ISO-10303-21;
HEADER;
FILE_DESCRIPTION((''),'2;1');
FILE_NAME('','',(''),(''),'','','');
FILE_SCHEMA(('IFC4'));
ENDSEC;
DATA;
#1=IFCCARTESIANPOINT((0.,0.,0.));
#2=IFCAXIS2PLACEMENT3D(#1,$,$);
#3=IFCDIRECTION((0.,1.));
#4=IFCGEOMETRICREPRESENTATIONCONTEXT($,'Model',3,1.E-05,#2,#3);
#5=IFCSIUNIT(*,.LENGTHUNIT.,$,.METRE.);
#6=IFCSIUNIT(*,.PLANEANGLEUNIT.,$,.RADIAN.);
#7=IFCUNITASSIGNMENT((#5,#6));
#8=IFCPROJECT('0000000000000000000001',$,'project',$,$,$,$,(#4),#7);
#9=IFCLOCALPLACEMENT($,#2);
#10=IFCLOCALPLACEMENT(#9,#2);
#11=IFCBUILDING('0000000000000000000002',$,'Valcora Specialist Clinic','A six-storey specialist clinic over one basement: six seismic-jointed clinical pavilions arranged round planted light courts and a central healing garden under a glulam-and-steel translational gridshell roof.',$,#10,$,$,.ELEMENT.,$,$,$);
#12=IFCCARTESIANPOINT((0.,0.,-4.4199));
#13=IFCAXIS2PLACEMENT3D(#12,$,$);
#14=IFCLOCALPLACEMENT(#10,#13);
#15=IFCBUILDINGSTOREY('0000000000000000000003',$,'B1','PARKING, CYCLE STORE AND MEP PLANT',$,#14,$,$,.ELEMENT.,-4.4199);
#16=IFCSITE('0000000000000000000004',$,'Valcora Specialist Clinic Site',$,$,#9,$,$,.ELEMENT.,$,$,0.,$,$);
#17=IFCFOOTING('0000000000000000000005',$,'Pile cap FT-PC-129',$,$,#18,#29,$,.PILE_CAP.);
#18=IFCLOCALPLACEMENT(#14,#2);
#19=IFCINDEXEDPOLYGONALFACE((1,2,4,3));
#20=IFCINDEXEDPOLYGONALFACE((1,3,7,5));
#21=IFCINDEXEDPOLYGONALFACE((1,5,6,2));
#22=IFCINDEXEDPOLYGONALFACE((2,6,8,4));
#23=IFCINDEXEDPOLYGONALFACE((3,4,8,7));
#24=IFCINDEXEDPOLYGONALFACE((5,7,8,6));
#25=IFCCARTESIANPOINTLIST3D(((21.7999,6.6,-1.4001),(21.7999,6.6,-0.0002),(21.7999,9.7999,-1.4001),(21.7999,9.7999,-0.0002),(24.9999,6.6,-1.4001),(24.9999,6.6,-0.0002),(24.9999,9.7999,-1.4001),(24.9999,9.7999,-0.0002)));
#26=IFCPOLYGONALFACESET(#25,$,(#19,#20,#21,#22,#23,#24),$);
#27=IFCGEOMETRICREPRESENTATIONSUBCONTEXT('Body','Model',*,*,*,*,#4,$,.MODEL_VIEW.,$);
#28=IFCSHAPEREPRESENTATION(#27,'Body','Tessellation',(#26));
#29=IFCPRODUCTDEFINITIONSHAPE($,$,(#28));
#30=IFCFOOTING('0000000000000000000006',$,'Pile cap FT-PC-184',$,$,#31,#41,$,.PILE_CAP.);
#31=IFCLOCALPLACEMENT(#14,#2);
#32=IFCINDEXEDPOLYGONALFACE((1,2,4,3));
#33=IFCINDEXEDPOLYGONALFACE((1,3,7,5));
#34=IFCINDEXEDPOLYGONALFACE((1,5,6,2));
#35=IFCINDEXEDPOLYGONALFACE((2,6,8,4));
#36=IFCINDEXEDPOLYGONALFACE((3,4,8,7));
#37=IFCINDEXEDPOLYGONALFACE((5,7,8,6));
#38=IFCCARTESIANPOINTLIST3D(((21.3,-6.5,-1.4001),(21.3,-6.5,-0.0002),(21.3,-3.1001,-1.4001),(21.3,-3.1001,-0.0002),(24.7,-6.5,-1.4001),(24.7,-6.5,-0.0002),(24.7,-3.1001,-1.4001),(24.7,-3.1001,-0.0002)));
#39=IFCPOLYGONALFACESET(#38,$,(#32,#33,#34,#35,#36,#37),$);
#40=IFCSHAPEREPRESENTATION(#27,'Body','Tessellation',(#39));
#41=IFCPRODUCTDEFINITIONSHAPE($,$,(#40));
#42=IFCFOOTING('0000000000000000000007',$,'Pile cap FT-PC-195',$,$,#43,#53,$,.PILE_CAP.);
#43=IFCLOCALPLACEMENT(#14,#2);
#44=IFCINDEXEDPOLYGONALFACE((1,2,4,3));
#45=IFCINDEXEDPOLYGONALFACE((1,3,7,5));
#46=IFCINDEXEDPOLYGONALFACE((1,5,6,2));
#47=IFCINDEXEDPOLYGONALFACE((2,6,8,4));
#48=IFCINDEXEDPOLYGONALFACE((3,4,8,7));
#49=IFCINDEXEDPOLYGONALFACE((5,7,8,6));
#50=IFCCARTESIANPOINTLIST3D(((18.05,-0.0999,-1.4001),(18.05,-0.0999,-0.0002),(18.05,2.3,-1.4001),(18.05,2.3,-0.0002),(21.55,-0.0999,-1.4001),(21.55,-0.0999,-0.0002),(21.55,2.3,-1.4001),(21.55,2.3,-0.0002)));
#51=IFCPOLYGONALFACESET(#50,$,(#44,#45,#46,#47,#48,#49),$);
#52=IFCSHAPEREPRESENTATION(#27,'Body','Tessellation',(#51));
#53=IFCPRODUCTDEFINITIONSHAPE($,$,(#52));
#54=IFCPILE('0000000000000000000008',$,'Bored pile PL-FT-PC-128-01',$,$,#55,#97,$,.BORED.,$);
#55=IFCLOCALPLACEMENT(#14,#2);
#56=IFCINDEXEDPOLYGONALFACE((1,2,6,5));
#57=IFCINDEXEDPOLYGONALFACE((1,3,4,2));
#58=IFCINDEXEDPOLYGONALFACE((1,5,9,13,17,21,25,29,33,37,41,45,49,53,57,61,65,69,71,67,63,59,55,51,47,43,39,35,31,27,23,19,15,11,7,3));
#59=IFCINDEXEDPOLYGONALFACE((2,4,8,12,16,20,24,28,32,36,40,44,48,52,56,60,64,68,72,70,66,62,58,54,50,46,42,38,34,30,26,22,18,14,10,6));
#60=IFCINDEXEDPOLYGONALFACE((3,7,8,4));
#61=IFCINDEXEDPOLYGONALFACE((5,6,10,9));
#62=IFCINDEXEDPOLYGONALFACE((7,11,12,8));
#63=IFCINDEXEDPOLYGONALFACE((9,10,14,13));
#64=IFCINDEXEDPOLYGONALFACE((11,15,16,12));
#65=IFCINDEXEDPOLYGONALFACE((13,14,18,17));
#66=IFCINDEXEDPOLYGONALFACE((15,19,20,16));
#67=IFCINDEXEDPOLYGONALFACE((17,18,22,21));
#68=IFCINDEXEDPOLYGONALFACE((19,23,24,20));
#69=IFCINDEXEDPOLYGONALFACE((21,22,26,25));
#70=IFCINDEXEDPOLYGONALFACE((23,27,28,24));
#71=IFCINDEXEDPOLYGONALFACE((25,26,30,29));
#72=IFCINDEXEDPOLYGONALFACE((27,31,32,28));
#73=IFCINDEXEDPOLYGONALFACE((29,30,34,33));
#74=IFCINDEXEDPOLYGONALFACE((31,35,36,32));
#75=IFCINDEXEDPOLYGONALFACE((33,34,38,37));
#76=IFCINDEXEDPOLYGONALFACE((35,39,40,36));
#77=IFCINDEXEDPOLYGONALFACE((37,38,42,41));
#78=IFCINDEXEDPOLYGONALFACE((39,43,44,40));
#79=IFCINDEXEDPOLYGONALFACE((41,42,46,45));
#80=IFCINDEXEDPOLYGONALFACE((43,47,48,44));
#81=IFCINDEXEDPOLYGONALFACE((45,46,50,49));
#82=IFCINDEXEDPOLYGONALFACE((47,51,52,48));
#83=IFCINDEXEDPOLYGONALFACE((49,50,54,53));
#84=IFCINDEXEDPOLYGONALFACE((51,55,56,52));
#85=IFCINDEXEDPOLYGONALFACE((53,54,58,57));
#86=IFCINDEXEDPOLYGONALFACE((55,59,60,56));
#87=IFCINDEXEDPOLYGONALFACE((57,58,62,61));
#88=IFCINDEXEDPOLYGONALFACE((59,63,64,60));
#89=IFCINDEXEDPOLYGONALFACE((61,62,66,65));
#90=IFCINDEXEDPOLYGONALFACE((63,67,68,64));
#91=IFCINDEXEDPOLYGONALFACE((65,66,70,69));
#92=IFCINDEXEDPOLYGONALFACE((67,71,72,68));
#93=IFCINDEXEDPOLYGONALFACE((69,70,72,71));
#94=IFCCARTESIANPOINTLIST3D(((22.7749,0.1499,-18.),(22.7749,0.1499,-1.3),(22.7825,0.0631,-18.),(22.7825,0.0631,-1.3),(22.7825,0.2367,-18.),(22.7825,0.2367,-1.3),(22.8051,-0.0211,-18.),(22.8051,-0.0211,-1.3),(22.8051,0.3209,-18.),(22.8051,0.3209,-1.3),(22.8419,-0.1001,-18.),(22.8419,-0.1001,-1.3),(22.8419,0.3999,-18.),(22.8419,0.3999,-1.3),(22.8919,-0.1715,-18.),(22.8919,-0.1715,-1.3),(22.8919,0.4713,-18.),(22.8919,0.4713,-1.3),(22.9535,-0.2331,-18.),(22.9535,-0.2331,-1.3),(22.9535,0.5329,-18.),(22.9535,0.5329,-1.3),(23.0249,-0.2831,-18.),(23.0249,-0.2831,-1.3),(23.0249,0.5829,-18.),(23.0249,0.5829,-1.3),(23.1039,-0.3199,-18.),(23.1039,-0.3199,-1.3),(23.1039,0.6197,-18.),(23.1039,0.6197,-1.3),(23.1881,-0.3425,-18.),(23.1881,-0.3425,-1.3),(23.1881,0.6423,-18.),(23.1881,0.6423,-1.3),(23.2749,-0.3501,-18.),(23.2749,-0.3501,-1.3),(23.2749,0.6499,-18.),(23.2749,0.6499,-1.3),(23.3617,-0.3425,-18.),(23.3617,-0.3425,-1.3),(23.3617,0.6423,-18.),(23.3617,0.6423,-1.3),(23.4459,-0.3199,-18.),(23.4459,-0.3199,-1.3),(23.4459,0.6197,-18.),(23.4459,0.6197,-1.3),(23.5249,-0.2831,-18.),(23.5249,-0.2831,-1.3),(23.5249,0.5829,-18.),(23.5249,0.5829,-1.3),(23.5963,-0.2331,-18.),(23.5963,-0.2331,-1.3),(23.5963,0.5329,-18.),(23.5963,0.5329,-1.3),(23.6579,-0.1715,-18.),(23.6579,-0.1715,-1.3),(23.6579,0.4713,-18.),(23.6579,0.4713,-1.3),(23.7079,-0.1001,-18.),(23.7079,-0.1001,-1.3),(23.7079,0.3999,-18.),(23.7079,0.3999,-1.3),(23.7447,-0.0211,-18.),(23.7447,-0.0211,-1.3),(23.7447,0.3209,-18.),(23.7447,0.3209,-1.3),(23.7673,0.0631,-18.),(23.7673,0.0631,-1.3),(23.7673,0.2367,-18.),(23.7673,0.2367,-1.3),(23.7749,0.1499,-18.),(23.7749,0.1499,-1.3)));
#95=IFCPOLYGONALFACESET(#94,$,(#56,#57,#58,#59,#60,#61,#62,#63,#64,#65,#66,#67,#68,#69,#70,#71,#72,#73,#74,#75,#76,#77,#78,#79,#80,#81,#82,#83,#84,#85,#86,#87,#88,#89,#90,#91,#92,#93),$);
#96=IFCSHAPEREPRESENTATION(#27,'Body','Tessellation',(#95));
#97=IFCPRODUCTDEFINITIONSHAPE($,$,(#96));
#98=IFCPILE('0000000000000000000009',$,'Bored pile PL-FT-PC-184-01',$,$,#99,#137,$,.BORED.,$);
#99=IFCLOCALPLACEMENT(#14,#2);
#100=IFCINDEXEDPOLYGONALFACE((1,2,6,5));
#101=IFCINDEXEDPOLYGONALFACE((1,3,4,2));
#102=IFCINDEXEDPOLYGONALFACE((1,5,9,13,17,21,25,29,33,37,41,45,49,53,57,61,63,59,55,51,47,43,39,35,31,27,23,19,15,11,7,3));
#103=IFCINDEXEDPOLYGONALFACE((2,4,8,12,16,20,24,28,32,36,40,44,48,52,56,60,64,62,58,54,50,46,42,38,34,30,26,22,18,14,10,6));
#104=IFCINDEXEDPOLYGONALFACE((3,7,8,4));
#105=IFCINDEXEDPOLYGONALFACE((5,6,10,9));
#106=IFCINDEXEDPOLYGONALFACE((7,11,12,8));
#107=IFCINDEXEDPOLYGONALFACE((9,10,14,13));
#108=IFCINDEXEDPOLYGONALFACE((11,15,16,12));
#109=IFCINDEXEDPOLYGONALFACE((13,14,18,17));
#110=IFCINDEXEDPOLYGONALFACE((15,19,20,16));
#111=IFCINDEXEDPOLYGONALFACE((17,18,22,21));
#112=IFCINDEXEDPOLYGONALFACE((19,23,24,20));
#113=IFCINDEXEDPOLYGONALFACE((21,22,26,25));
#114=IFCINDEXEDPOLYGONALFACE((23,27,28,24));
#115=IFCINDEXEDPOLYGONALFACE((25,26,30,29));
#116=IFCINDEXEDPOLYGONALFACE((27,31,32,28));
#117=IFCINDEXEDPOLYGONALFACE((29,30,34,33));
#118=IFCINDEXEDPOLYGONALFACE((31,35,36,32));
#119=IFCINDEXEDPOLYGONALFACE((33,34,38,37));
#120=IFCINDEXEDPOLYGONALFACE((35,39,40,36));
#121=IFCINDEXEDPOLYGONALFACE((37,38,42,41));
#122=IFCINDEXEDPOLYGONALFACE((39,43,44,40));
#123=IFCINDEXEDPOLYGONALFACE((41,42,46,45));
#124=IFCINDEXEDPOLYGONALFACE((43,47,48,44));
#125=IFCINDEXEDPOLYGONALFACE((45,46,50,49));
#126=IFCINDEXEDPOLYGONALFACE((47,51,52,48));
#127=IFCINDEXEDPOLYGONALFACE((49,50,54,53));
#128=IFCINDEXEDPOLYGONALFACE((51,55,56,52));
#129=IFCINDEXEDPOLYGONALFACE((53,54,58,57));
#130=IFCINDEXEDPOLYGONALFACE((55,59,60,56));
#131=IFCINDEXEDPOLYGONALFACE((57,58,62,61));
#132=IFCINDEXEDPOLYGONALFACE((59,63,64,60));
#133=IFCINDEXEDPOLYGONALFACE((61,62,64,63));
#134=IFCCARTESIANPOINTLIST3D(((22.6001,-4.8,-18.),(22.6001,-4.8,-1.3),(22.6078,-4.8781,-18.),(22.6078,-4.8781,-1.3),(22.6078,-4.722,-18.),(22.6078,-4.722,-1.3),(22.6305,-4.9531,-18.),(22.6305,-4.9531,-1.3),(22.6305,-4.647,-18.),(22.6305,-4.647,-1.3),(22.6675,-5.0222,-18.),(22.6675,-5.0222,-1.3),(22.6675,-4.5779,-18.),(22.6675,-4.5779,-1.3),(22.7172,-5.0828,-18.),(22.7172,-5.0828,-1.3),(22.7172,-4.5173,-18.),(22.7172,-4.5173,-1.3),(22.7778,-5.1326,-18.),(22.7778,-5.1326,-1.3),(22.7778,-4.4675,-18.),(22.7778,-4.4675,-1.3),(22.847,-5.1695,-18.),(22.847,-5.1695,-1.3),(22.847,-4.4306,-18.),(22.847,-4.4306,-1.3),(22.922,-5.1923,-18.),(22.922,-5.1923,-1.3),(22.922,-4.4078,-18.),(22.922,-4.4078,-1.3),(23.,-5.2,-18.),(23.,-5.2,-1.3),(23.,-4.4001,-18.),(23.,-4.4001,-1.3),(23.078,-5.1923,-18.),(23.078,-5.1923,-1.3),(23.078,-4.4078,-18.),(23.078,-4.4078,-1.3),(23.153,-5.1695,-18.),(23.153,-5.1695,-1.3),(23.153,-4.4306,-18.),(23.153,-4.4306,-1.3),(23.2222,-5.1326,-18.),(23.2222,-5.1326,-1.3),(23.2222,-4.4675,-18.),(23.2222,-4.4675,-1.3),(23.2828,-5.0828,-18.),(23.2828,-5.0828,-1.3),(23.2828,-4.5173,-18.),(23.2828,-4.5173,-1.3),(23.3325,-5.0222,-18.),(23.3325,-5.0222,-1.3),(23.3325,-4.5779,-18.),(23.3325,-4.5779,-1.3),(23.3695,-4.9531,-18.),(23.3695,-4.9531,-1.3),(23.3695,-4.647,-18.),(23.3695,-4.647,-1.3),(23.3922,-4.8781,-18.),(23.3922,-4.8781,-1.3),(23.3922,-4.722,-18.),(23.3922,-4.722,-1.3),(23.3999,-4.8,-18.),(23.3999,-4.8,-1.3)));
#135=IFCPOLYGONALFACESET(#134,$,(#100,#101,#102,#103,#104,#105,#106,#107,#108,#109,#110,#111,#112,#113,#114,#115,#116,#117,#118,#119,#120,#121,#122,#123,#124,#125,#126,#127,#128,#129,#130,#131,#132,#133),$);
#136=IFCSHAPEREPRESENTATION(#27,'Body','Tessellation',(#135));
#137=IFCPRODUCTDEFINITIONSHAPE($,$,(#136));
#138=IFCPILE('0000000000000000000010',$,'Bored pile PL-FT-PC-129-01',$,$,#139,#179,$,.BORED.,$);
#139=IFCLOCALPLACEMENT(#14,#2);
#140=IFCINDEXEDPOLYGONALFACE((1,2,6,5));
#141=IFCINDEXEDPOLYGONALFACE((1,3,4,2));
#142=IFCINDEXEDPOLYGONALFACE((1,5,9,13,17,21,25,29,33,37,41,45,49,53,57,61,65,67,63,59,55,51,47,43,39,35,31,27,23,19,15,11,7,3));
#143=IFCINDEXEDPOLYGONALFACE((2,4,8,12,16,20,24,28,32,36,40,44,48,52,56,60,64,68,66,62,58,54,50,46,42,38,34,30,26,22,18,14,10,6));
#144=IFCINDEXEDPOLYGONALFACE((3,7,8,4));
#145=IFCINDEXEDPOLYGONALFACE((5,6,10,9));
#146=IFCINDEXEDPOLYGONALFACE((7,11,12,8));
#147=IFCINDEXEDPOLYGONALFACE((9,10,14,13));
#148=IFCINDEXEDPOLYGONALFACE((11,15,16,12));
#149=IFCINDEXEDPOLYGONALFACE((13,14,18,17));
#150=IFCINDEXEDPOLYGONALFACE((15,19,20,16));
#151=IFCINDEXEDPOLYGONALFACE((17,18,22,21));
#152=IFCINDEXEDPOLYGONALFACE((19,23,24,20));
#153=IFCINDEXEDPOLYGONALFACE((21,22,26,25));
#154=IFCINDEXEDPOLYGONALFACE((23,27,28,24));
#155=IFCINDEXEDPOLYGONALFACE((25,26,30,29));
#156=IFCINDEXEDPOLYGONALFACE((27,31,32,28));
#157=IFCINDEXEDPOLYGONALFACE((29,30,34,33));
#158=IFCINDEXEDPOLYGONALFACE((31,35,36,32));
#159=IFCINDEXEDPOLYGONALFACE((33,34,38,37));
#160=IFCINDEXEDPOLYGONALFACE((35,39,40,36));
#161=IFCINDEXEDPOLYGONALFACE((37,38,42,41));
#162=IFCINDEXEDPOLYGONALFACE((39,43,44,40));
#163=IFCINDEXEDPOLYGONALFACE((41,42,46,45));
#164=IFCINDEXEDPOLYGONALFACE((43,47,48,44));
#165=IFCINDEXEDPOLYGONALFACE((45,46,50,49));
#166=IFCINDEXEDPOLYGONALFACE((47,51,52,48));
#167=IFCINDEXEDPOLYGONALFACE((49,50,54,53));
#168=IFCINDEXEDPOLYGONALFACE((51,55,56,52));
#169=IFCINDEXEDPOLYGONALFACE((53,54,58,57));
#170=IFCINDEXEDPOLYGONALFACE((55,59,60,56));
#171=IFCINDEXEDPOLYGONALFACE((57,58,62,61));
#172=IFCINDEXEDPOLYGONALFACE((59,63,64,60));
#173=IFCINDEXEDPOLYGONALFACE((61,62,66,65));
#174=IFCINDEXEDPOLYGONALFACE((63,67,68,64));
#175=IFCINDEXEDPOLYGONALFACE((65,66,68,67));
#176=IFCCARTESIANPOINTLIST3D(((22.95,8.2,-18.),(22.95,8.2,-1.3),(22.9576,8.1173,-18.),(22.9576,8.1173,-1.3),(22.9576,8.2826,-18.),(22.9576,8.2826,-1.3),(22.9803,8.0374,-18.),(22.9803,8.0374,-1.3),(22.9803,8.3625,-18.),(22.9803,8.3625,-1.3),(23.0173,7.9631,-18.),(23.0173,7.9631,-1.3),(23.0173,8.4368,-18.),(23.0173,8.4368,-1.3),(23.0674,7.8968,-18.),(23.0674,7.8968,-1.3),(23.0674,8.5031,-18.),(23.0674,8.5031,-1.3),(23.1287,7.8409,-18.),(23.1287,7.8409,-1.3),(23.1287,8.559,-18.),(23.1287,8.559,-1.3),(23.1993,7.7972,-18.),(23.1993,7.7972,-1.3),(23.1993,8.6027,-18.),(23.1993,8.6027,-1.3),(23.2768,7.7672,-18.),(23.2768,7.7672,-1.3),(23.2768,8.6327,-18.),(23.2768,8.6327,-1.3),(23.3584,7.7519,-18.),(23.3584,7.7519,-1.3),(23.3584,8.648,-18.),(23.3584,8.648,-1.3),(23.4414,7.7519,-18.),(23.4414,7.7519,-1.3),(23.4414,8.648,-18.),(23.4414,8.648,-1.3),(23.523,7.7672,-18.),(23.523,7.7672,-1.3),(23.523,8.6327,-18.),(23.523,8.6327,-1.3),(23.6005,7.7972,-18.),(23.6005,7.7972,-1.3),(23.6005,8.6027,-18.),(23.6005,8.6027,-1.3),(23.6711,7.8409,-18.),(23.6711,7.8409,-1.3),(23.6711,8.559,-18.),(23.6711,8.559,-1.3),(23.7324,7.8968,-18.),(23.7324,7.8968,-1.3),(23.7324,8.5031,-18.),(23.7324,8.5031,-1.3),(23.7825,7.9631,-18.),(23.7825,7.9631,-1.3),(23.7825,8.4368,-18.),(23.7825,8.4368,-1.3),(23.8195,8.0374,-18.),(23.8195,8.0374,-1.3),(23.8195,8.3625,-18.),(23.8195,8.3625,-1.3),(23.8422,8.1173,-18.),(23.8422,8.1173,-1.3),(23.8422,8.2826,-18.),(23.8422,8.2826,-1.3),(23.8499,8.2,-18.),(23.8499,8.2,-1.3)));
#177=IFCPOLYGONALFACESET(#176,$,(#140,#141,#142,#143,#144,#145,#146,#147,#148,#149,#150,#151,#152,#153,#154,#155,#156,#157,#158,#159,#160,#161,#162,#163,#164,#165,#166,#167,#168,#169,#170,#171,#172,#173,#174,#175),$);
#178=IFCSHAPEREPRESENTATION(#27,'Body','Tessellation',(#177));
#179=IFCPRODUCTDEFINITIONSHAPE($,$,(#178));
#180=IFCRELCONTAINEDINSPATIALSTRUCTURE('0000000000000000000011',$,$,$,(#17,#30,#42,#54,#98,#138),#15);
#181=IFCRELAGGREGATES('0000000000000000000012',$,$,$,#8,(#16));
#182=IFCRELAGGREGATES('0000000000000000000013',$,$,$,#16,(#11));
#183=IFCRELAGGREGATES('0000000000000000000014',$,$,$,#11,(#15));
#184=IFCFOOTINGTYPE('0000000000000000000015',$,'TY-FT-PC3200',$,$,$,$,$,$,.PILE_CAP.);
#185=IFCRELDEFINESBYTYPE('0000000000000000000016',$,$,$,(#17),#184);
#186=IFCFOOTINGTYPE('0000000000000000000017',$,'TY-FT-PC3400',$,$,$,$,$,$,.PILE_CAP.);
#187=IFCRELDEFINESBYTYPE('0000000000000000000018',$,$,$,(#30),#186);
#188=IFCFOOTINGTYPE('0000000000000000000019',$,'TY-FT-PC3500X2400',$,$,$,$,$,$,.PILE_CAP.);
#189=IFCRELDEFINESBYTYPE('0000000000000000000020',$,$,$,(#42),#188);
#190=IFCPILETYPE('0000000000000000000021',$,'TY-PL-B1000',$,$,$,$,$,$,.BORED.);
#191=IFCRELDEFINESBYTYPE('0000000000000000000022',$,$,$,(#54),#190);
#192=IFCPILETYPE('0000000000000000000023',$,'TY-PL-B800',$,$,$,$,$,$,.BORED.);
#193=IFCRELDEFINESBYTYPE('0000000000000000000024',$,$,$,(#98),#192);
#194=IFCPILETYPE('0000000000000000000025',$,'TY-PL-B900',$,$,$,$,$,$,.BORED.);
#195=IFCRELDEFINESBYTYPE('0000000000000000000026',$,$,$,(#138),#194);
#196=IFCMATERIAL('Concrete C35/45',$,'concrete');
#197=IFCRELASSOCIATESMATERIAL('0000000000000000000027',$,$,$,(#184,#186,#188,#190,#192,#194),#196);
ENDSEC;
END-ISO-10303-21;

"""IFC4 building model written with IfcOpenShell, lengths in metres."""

from ifc_helpers import new_model, si_unit, direction, frame, origin, origin_2d, place, context, subcontext, project, spatial, rectangle, circle, extrude, material, material_profile, profile_set, type_object, element, save


model = new_model("IFC4")

# Units and contexts
model_context = context("Model", 3, precision=1e-05, world=origin(), true_north=direction((0.0, 1.0)))
body_context = subcontext(model_context, "Body", "Model", "MODEL_VIEW")
ifc_project = project(units=[si_unit("LENGTHUNIT", "METRE"), si_unit("PLANEANGLEUNIT", "RADIAN")], contexts=[model_context])

# Site, building, storey
site_placement = place(None, origin())
site = spatial("IfcSite", under=ifc_project, at=site_placement, Name="Valcora Specialist Clinic Site", CompositionType="ELEMENT", RefElevation=0.0)
building_placement = place(site_placement, origin())
building = spatial("IfcBuilding", under=site, at=building_placement, Name="Valcora Specialist Clinic", Description="A six-storey specialist clinic over one basement: six seismic-jointed clinical pavilions arranged round planted light courts and a central healing garden under a glulam-and-steel translational gridshell roof.", CompositionType="ELEMENT")
storey_placement = place(building_placement, frame((0.0, 0.0, -4.4199)))
storey = spatial("IfcBuildingStorey", under=building, at=storey_placement, Name="B1", Description="PARKING, CYCLE STORE AND MEP PLANT", CompositionType="ELEMENT", Elevation=-4.4199)

# Footings
ifc_material_1 = material(Name="Concrete C35/45", Category="concrete")
footing_type_1 = type_object("IfcFootingType", Name="TY-FT-PC3200", PredefinedType="PILE_CAP", material=ifc_material_1)
footing_1_placement = place(storey_placement, frame((23.3999, 8.2, -1.4001), z_axis=(0.0, 0.0, 1.0), x_axis=(1.0, 0.0, 0.0)))
element("IfcFooting", 1, at=footing_1_placement, inside=storey, type_object=footing_type_1, Name="Pile cap FT-PC-129", PredefinedType="PILE_CAP", context=body_context, shape_type="SweptSolid", body=[
    extrude(rectangle(XDim=3.2, YDim=3.2, at=origin_2d()), origin(), (0.0, 0.0, 1.0), 1.3999),
])
footing_type_2 = type_object("IfcFootingType", Name="TY-FT-PC3400", PredefinedType="PILE_CAP", material=ifc_material_1)
footing_2_placement = place(storey_placement, frame((23.0, -4.8, -1.4001), z_axis=(0.0, 0.0, 1.0), x_axis=(1.0, 0.0, 0.0)))
element("IfcFooting", 2, at=footing_2_placement, inside=storey, type_object=footing_type_2, Name="Pile cap FT-PC-184", PredefinedType="PILE_CAP", context=body_context, shape_type="SweptSolid", body=[
    extrude(rectangle(XDim=3.3999, YDim=3.3999, at=origin_2d()), origin(), (0.0, 0.0, 1.0), 1.3999),
])
footing_type_3 = type_object("IfcFootingType", Name="TY-FT-PC3500X2400", PredefinedType="PILE_CAP", material=ifc_material_1)
footing_3_placement = place(storey_placement, frame((19.8, 1.1001, -1.4001), z_axis=(0.0, 0.0, 1.0), x_axis=(1.0, 0.0, 0.0)))
element("IfcFooting", 3, at=footing_3_placement, inside=storey, type_object=footing_type_3, Name="Pile cap FT-PC-195", PredefinedType="PILE_CAP", context=body_context, shape_type="SweptSolid", body=[
    extrude(rectangle(XDim=3.5, YDim=2.3999, at=origin_2d()), origin(), (0.0, 0.0, 1.0), 1.3999),
])

# Piles
ifc_material_profile_1 = material_profile(ifc_material_1, circle(Radius=0.5, at=origin_2d()), Name="RC-PIL-D1000")
ifc_profile_set_1 = profile_set([ifc_material_profile_1], Name="Concrete C35/45")
pile_type_1 = type_object("IfcPileType", Name="TY-PL-B1000", PredefinedType="BORED", material=ifc_profile_set_1)
pile_1_placement = place(storey_placement, frame((23.2749, 0.1499, -1.3), z_axis=(0.0, 0.0, -1.0), x_axis=(1.0, 0.0, 0.0)))
element("IfcPile", 4, at=pile_1_placement, inside=storey, type_object=pile_type_1, Name="Bored pile PL-FT-PC-128-01", PredefinedType="BORED", context=body_context, shape_type="SweptSolid", body=[
    extrude(circle(Radius=0.5, at=origin_2d()), origin(), (0.0, 0.0, 1.0), 16.7),
])
ifc_material_profile_2 = material_profile(ifc_material_1, circle(Radius=0.3999, at=origin_2d()), Name="RC-PIL-D800")
ifc_profile_set_2 = profile_set([ifc_material_profile_2], Name="Concrete C35/45")
pile_type_2 = type_object("IfcPileType", Name="TY-PL-B800", PredefinedType="BORED", material=ifc_profile_set_2)
pile_2_placement = place(storey_placement, frame((23.0, -4.8, -1.3), z_axis=(0.0, 0.0, -1.0), x_axis=(1.0, 0.0, 0.0)))
element("IfcPile", 5, at=pile_2_placement, inside=storey, type_object=pile_type_2, Name="Bored pile PL-FT-PC-184-01", PredefinedType="BORED", context=body_context, shape_type="SweptSolid", body=[
    extrude(circle(Radius=0.3999, at=origin_2d()), origin(), (0.0, 0.0, 1.0), 16.7),
])
ifc_material_profile_3 = material_profile(ifc_material_1, circle(Radius=0.45, at=origin_2d()), Name="RC-PIL-D900")
ifc_profile_set_3 = profile_set([ifc_material_profile_3], Name="Concrete C35/45")
pile_type_3 = type_object("IfcPileType", Name="TY-PL-B900", PredefinedType="BORED", material=ifc_profile_set_3)
for number, where, z_axis, x_axis, name in (
    (6, (23.3999, 8.2, -1.3), (0.0, 0.0, -1.0), (1.0, 0.0, 0.0), "Bored pile PL-FT-PC-129-01"),
):
    element("IfcPile", number, at=place(storey_placement, frame(where, z_axis=z_axis, x_axis=x_axis)), inside=storey, type_object=pile_type_3, Name=name, PredefinedType="BORED", context=body_context, shape_type="SweptSolid", body=[
        extrude(circle(Radius=0.45, at=origin_2d()), origin(), (0.0, 0.0, 1.0), 16.7),
    ])

save(model, "model.ifc")
